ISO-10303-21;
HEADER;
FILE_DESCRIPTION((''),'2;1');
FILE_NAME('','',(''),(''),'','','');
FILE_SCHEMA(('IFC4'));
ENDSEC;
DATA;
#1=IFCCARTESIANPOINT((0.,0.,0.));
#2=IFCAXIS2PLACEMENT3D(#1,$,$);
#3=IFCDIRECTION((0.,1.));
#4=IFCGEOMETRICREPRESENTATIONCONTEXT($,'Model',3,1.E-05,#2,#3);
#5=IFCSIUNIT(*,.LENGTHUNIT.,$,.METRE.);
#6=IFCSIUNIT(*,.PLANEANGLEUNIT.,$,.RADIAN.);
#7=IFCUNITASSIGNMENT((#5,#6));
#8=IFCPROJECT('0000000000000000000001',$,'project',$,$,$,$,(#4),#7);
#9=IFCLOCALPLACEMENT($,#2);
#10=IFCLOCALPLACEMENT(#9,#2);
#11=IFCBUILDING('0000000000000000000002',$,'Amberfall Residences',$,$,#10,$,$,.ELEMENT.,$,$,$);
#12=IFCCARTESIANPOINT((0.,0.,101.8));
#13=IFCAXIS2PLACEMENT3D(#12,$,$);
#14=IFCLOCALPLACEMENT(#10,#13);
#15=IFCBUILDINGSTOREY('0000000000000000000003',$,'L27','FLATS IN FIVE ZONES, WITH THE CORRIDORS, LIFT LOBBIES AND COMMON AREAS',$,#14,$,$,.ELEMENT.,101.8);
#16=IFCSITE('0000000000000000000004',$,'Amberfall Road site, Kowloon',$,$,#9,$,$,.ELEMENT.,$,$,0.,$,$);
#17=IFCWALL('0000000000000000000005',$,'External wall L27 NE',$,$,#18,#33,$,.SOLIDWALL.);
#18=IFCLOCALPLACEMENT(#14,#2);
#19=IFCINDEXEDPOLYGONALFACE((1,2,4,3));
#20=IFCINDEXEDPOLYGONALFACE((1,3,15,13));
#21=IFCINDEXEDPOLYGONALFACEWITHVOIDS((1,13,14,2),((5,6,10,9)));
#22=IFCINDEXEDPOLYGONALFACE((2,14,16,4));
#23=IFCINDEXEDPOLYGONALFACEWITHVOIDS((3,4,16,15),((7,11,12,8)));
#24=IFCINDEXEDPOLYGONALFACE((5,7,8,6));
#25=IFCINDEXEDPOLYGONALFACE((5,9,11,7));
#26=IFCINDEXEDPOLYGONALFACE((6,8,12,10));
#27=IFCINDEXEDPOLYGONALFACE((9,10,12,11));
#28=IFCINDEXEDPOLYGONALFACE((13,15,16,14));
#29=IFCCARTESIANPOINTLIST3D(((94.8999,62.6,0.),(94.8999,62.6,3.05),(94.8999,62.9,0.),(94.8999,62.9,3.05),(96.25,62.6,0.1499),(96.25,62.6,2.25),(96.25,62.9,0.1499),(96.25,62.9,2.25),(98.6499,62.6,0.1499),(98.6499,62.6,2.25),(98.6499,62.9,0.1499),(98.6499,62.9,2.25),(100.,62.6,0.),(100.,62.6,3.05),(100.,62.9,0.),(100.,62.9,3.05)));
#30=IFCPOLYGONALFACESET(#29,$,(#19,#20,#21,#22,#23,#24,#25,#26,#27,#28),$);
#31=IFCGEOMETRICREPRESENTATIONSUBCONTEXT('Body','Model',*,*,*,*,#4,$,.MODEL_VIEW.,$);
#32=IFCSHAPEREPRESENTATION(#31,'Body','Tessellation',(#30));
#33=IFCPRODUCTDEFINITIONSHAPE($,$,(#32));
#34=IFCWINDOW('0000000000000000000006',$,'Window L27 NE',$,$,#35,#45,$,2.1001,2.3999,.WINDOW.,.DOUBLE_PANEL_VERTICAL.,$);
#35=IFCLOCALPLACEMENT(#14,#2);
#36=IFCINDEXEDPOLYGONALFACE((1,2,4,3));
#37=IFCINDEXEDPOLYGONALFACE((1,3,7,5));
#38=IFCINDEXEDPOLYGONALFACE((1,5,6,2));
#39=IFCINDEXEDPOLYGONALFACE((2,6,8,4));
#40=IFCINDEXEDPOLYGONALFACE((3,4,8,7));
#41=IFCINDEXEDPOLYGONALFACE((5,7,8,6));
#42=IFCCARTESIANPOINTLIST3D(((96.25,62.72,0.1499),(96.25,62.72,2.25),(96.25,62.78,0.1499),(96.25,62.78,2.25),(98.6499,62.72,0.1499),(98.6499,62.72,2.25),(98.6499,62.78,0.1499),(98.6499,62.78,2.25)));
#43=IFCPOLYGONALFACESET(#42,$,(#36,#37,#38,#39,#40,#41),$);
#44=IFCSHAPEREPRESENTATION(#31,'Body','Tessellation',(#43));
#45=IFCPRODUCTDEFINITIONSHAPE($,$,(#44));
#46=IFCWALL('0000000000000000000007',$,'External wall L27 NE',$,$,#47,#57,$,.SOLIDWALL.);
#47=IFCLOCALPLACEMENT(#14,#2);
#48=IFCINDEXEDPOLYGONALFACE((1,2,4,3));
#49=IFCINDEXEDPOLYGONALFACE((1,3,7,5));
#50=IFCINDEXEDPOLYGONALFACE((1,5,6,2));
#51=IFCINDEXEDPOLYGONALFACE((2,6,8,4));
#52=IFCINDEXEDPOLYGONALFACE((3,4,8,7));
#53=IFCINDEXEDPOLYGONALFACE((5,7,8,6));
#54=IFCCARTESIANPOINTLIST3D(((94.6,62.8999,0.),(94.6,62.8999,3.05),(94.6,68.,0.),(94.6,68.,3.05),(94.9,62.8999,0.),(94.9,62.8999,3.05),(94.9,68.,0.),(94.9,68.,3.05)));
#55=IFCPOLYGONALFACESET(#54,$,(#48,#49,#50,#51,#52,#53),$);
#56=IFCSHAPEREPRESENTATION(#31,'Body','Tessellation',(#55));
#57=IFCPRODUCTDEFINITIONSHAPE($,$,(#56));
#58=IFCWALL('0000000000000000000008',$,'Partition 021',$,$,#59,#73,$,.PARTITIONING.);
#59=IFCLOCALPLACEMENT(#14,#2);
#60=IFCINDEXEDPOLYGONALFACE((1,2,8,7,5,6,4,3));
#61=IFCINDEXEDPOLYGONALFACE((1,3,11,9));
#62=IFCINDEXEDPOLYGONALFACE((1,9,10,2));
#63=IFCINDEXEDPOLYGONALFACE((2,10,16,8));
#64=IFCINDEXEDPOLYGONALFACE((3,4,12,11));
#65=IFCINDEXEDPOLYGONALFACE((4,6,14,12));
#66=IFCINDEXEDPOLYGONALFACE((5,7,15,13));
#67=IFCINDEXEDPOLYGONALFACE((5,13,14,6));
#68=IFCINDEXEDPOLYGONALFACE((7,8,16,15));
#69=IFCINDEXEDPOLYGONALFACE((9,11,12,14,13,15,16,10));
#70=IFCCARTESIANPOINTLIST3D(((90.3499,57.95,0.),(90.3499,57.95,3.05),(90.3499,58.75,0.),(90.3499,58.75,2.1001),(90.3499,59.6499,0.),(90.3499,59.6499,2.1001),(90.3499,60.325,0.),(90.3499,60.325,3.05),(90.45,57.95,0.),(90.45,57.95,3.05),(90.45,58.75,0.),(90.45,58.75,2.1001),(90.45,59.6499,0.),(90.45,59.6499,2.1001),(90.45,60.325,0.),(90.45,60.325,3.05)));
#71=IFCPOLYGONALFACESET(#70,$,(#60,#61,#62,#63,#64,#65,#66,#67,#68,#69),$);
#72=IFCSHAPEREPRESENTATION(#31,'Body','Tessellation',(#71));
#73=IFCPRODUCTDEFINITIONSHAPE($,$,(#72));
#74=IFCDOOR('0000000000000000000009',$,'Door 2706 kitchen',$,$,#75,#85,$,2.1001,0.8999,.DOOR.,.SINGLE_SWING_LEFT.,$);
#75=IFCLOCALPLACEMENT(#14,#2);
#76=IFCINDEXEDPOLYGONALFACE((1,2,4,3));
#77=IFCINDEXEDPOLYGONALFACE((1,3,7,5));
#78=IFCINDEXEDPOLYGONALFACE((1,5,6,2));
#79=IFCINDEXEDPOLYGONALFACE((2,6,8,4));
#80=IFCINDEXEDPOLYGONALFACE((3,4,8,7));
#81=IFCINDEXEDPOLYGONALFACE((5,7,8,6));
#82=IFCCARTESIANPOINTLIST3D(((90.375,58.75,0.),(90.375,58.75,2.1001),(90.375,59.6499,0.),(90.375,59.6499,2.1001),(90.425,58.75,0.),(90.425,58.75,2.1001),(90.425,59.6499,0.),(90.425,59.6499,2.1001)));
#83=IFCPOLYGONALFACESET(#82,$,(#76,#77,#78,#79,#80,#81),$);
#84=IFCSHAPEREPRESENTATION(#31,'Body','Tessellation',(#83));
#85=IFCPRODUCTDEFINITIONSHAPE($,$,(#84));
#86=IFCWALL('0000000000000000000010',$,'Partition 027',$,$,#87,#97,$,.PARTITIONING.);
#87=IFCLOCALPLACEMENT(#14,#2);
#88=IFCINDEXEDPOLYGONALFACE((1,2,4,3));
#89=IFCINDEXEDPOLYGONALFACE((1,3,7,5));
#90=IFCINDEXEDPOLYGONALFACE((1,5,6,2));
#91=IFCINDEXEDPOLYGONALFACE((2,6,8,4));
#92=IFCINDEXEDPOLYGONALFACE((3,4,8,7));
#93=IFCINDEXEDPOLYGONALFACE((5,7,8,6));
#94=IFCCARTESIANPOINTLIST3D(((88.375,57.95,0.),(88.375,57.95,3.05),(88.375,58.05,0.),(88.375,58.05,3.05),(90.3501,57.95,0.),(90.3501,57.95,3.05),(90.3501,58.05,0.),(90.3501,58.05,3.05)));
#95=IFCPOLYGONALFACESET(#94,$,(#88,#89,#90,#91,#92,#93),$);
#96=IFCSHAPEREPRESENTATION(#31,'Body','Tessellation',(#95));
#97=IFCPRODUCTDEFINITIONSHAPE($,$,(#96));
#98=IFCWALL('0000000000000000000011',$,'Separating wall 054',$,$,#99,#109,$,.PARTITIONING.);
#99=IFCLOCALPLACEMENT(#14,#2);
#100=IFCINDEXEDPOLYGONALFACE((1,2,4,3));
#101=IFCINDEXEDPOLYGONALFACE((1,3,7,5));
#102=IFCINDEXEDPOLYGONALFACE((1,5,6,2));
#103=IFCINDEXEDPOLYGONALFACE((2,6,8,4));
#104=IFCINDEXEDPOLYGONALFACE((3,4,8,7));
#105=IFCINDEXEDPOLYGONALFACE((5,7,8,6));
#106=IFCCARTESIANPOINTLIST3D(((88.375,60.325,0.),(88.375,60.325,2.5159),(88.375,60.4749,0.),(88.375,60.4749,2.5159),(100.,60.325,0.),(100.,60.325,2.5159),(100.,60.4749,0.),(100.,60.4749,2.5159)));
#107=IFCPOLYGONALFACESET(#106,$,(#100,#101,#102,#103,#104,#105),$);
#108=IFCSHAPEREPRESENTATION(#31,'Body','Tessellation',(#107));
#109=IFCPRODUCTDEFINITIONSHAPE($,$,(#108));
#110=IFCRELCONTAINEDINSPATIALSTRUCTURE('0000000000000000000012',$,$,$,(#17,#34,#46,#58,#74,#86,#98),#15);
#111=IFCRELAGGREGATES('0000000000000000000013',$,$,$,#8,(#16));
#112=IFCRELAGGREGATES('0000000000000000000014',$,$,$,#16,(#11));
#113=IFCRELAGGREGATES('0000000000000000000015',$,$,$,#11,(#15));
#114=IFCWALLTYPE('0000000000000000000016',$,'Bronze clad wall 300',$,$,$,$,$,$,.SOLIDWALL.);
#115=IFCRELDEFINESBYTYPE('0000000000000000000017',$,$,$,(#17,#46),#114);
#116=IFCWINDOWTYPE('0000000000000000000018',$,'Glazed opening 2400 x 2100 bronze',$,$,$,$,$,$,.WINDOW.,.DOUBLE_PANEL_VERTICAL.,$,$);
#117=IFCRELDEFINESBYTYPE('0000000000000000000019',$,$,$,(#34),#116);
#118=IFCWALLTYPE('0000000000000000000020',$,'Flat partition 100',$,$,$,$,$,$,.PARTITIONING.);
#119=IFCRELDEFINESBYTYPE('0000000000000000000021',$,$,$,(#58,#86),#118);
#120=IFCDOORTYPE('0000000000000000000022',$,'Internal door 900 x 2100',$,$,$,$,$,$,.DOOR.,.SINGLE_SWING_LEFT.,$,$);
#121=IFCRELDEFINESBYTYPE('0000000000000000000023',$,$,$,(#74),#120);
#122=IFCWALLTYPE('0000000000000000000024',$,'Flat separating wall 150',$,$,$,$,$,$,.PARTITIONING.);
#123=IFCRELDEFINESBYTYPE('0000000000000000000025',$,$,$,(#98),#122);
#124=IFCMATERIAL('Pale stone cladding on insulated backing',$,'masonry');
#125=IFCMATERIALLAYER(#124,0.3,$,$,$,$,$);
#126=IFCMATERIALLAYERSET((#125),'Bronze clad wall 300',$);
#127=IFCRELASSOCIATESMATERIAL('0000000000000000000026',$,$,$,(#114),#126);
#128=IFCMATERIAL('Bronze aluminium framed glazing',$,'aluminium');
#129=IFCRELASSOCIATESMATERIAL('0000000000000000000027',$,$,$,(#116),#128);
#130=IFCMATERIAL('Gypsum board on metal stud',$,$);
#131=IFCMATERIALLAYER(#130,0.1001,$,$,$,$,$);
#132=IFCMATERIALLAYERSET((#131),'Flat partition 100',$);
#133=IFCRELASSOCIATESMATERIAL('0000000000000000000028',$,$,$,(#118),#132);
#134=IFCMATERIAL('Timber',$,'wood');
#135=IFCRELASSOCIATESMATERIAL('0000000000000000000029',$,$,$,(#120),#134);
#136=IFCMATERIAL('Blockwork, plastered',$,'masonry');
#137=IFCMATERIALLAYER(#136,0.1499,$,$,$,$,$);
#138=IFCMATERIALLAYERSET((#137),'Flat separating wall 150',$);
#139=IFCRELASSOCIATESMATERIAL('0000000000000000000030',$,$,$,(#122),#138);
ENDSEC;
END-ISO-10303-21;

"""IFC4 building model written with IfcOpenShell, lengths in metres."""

from ifc_helpers import new_model, si_unit, direction, frame, frame_2d, origin, place, context, subcontext, project, spatial, rectangle, extrude, material, layer, layer_set, type_object, element, fill, save


model = new_model("IFC4")

# Units and contexts
model_context = context("Model", 3, precision=1e-05, world=origin(), true_north=direction((0.0, 1.0)))
body_context = subcontext(model_context, "Body", "Model", "MODEL_VIEW")
ifc_project = project(units=[si_unit("LENGTHUNIT", "METRE"), si_unit("PLANEANGLEUNIT", "RADIAN")], contexts=[model_context])

# Site, building, storey
site_placement = place(None, origin())
site = spatial("IfcSite", under=ifc_project, at=site_placement, Name="Amberfall Road site, Kowloon", CompositionType="ELEMENT", RefElevation=0.0)
building_placement = place(site_placement, origin())
building = spatial("IfcBuilding", under=site, at=building_placement, Name="Amberfall Residences", CompositionType="ELEMENT")
storey_placement = place(building_placement, frame((0.0, 0.0, 101.8)))
storey = spatial("IfcBuildingStorey", under=building, at=storey_placement, Name="L27", Description="FLATS IN FIVE ZONES, WITH THE CORRIDORS, LIFT LOBBIES AND COMMON AREAS", CompositionType="ELEMENT", Elevation=101.8)

# Wall, opening, window
ifc_material_1 = material(Name="Pale stone cladding on insulated backing", Category="masonry")
ifc_layer_1 = layer(ifc_material_1, 0.3)
ifc_layer_set_1 = layer_set([ifc_layer_1], Name="Bronze clad wall 300")
wall_type_1 = type_object("IfcWallType", Name="Bronze clad wall 300", PredefinedType="SOLIDWALL", material=ifc_layer_set_1)
wall_1_placement = place(storey_placement, frame((100.0, 62.75, 0.0), z_axis=(0.0, 0.0, 1.0), x_axis=(-1.0, 0.0, 0.0)))
wall_1 = element("IfcWall", 1, at=wall_1_placement, inside=storey, type_object=wall_type_1, Name="External wall L27 NE", PredefinedType="SOLIDWALL", context=body_context, shape_type="SweptSolid", body=[
    extrude(rectangle(XDim=5.1001, YDim=0.3, at=frame_2d((2.55, 0.0))), origin(), (0.0, 0.0, 1.0), 3.05),
])
opening_1_placement = place(wall_1_placement, frame((1.3501, 0.0, 0.1499)))
opening_1 = element("IfcOpeningElement", 2, at=opening_1_placement, cuts=wall_1, PredefinedType="OPENING", context=body_context, shape_type="SweptSolid", body=[
    extrude(rectangle(XDim=2.3999, YDim=2.1001, at=frame_2d((1.2, 1.05))), frame((0.0, 0.1599, 0.0), z_axis=(0.0, -1.0, 0.0), x_axis=(1.0, 0.0, 0.0)), (0.0, 0.0, 1.0), 0.3201),
])
ifc_material_2 = material(Name="Bronze aluminium framed glazing", Category="aluminium")
window_type = type_object("IfcWindowType", Name="Glazed opening 2400 x 2100 bronze", PartitioningType="DOUBLE_PANEL_VERTICAL", PredefinedType="WINDOW", material=ifc_material_2)
window_placement = place(opening_1_placement, origin())
window = element("IfcWindow", 3, at=window_placement, inside=storey, type_object=window_type, Name="Window L27 NE", OverallHeight=2.1001, OverallWidth=2.3999, PartitioningType="DOUBLE_PANEL_VERTICAL", PredefinedType="WINDOW", context=body_context, shape_type="SweptSolid", body=[
    extrude(rectangle(XDim=2.3999, YDim=2.1001, at=frame_2d((1.2, 1.05))), frame((0.0, 0.03, 0.0), z_axis=(0.0, -1.0, 0.0), x_axis=(1.0, 0.0, 0.0)), (0.0, 0.0, 1.0), 0.0601),
])
fill(opening_1, window)

# Wall
wall_2_placement = place(storey_placement, frame((94.75, 62.8999, 0.0), z_axis=(0.0, 0.0, 1.0), x_axis=(0.0, 1.0, 0.0)))
element("IfcWall", 4, at=wall_2_placement, inside=storey, type_object=wall_type_1, Name="External wall L27 NE", PredefinedType="SOLIDWALL", context=body_context, shape_type="SweptSolid", body=[
    extrude(rectangle(XDim=5.1001, YDim=0.3, at=frame_2d((2.55, 0.0))), origin(), (0.0, 0.0, 1.0), 3.05),
])

# Wall, opening, door
ifc_material_3 = material(Name="Gypsum board on metal stud")
ifc_layer_2 = layer(ifc_material_3, 0.1001)
ifc_layer_set_2 = layer_set([ifc_layer_2], Name="Flat partition 100")
wall_type_2 = type_object("IfcWallType", Name="Flat partition 100", PredefinedType="PARTITIONING", material=ifc_layer_set_2)
wall_3_placement = place(storey_placement, frame((90.3999, 57.95, 0.0), z_axis=(0.0, 0.0, 1.0), x_axis=(0.0, 1.0, 0.0)))
wall_3 = element("IfcWall", 5, at=wall_3_placement, inside=storey, type_object=wall_type_2, Name="Partition 021", PredefinedType="PARTITIONING", context=body_context, shape_type="SweptSolid", body=[
    extrude(rectangle(XDim=2.375, YDim=0.1001, at=frame_2d((1.1875, 0.0))), origin(), (0.0, 0.0, 1.0), 3.05),
])
opening_2_placement = place(wall_3_placement, frame((0.8, 0.0, 0.0)))
opening_2 = element("IfcOpeningElement", 6, at=opening_2_placement, cuts=wall_3, PredefinedType="OPENING", context=body_context, shape_type="SweptSolid", body=[
    extrude(rectangle(XDim=0.8999, YDim=2.1001, at=frame_2d((0.45, 1.05))), frame((0.0, 0.0601, 0.0), z_axis=(0.0, -1.0, 0.0), x_axis=(1.0, 0.0, 0.0)), (0.0, 0.0, 1.0), 0.1201),
])
ifc_material_4 = material(Name="Timber", Category="wood")
door_type = type_object("IfcDoorType", Name="Internal door 900 x 2100", OperationType="SINGLE_SWING_LEFT", PredefinedType="DOOR", material=ifc_material_4)
door_placement = place(opening_2_placement, origin())
door = element("IfcDoor", 7, at=door_placement, inside=storey, type_object=door_type, Name="Door 2706 kitchen", OperationType="SINGLE_SWING_LEFT", OverallHeight=2.1001, OverallWidth=0.8999, PredefinedType="DOOR", context=body_context, shape_type="SweptSolid", body=[
    extrude(rectangle(XDim=0.8999, YDim=2.1001, at=frame_2d((0.45, 1.05))), frame((0.0, 0.0249, 0.0), z_axis=(0.0, -1.0, 0.0), x_axis=(1.0, 0.0, 0.0)), (0.0, 0.0, 1.0), 0.05),
])
fill(opening_2, door)

# Walls
wall_4_placement = place(storey_placement, frame((88.375, 58.0, 0.0), z_axis=(0.0, 0.0, 1.0), x_axis=(1.0, 0.0, 0.0)))
element("IfcWall", 8, at=wall_4_placement, inside=storey, type_object=wall_type_2, Name="Partition 027", PredefinedType="PARTITIONING", context=body_context, shape_type="SweptSolid", body=[
    extrude(rectangle(XDim=1.9751, YDim=0.1001, at=frame_2d((0.9875, 0.0))), origin(), (0.0, 0.0, 1.0), 3.05),
])
ifc_material_5 = material(Name="Blockwork, plastered", Category="masonry")
ifc_layer_3 = layer(ifc_material_5, 0.1499)
ifc_layer_set_3 = layer_set([ifc_layer_3], Name="Flat separating wall 150")
wall_type_3 = type_object("IfcWallType", Name="Flat separating wall 150", PredefinedType="PARTITIONING", material=ifc_layer_set_3)
wall_5_placement = place(storey_placement, frame((88.375, 60.3999, 0.0), z_axis=(0.0, 0.0, 1.0), x_axis=(1.0, 0.0, 0.0)))
element("IfcWall", 9, at=wall_5_placement, inside=storey, type_object=wall_type_3, Name="Separating wall 054", PredefinedType="PARTITIONING", context=body_context, shape_type="SweptSolid", body=[
    extrude(rectangle(XDim=11.625, YDim=0.1499, at=frame_2d((5.8125, 0.0))), origin(), (0.0, 0.0, 1.0), 2.5159),
])

save(model, "model.ifc")
